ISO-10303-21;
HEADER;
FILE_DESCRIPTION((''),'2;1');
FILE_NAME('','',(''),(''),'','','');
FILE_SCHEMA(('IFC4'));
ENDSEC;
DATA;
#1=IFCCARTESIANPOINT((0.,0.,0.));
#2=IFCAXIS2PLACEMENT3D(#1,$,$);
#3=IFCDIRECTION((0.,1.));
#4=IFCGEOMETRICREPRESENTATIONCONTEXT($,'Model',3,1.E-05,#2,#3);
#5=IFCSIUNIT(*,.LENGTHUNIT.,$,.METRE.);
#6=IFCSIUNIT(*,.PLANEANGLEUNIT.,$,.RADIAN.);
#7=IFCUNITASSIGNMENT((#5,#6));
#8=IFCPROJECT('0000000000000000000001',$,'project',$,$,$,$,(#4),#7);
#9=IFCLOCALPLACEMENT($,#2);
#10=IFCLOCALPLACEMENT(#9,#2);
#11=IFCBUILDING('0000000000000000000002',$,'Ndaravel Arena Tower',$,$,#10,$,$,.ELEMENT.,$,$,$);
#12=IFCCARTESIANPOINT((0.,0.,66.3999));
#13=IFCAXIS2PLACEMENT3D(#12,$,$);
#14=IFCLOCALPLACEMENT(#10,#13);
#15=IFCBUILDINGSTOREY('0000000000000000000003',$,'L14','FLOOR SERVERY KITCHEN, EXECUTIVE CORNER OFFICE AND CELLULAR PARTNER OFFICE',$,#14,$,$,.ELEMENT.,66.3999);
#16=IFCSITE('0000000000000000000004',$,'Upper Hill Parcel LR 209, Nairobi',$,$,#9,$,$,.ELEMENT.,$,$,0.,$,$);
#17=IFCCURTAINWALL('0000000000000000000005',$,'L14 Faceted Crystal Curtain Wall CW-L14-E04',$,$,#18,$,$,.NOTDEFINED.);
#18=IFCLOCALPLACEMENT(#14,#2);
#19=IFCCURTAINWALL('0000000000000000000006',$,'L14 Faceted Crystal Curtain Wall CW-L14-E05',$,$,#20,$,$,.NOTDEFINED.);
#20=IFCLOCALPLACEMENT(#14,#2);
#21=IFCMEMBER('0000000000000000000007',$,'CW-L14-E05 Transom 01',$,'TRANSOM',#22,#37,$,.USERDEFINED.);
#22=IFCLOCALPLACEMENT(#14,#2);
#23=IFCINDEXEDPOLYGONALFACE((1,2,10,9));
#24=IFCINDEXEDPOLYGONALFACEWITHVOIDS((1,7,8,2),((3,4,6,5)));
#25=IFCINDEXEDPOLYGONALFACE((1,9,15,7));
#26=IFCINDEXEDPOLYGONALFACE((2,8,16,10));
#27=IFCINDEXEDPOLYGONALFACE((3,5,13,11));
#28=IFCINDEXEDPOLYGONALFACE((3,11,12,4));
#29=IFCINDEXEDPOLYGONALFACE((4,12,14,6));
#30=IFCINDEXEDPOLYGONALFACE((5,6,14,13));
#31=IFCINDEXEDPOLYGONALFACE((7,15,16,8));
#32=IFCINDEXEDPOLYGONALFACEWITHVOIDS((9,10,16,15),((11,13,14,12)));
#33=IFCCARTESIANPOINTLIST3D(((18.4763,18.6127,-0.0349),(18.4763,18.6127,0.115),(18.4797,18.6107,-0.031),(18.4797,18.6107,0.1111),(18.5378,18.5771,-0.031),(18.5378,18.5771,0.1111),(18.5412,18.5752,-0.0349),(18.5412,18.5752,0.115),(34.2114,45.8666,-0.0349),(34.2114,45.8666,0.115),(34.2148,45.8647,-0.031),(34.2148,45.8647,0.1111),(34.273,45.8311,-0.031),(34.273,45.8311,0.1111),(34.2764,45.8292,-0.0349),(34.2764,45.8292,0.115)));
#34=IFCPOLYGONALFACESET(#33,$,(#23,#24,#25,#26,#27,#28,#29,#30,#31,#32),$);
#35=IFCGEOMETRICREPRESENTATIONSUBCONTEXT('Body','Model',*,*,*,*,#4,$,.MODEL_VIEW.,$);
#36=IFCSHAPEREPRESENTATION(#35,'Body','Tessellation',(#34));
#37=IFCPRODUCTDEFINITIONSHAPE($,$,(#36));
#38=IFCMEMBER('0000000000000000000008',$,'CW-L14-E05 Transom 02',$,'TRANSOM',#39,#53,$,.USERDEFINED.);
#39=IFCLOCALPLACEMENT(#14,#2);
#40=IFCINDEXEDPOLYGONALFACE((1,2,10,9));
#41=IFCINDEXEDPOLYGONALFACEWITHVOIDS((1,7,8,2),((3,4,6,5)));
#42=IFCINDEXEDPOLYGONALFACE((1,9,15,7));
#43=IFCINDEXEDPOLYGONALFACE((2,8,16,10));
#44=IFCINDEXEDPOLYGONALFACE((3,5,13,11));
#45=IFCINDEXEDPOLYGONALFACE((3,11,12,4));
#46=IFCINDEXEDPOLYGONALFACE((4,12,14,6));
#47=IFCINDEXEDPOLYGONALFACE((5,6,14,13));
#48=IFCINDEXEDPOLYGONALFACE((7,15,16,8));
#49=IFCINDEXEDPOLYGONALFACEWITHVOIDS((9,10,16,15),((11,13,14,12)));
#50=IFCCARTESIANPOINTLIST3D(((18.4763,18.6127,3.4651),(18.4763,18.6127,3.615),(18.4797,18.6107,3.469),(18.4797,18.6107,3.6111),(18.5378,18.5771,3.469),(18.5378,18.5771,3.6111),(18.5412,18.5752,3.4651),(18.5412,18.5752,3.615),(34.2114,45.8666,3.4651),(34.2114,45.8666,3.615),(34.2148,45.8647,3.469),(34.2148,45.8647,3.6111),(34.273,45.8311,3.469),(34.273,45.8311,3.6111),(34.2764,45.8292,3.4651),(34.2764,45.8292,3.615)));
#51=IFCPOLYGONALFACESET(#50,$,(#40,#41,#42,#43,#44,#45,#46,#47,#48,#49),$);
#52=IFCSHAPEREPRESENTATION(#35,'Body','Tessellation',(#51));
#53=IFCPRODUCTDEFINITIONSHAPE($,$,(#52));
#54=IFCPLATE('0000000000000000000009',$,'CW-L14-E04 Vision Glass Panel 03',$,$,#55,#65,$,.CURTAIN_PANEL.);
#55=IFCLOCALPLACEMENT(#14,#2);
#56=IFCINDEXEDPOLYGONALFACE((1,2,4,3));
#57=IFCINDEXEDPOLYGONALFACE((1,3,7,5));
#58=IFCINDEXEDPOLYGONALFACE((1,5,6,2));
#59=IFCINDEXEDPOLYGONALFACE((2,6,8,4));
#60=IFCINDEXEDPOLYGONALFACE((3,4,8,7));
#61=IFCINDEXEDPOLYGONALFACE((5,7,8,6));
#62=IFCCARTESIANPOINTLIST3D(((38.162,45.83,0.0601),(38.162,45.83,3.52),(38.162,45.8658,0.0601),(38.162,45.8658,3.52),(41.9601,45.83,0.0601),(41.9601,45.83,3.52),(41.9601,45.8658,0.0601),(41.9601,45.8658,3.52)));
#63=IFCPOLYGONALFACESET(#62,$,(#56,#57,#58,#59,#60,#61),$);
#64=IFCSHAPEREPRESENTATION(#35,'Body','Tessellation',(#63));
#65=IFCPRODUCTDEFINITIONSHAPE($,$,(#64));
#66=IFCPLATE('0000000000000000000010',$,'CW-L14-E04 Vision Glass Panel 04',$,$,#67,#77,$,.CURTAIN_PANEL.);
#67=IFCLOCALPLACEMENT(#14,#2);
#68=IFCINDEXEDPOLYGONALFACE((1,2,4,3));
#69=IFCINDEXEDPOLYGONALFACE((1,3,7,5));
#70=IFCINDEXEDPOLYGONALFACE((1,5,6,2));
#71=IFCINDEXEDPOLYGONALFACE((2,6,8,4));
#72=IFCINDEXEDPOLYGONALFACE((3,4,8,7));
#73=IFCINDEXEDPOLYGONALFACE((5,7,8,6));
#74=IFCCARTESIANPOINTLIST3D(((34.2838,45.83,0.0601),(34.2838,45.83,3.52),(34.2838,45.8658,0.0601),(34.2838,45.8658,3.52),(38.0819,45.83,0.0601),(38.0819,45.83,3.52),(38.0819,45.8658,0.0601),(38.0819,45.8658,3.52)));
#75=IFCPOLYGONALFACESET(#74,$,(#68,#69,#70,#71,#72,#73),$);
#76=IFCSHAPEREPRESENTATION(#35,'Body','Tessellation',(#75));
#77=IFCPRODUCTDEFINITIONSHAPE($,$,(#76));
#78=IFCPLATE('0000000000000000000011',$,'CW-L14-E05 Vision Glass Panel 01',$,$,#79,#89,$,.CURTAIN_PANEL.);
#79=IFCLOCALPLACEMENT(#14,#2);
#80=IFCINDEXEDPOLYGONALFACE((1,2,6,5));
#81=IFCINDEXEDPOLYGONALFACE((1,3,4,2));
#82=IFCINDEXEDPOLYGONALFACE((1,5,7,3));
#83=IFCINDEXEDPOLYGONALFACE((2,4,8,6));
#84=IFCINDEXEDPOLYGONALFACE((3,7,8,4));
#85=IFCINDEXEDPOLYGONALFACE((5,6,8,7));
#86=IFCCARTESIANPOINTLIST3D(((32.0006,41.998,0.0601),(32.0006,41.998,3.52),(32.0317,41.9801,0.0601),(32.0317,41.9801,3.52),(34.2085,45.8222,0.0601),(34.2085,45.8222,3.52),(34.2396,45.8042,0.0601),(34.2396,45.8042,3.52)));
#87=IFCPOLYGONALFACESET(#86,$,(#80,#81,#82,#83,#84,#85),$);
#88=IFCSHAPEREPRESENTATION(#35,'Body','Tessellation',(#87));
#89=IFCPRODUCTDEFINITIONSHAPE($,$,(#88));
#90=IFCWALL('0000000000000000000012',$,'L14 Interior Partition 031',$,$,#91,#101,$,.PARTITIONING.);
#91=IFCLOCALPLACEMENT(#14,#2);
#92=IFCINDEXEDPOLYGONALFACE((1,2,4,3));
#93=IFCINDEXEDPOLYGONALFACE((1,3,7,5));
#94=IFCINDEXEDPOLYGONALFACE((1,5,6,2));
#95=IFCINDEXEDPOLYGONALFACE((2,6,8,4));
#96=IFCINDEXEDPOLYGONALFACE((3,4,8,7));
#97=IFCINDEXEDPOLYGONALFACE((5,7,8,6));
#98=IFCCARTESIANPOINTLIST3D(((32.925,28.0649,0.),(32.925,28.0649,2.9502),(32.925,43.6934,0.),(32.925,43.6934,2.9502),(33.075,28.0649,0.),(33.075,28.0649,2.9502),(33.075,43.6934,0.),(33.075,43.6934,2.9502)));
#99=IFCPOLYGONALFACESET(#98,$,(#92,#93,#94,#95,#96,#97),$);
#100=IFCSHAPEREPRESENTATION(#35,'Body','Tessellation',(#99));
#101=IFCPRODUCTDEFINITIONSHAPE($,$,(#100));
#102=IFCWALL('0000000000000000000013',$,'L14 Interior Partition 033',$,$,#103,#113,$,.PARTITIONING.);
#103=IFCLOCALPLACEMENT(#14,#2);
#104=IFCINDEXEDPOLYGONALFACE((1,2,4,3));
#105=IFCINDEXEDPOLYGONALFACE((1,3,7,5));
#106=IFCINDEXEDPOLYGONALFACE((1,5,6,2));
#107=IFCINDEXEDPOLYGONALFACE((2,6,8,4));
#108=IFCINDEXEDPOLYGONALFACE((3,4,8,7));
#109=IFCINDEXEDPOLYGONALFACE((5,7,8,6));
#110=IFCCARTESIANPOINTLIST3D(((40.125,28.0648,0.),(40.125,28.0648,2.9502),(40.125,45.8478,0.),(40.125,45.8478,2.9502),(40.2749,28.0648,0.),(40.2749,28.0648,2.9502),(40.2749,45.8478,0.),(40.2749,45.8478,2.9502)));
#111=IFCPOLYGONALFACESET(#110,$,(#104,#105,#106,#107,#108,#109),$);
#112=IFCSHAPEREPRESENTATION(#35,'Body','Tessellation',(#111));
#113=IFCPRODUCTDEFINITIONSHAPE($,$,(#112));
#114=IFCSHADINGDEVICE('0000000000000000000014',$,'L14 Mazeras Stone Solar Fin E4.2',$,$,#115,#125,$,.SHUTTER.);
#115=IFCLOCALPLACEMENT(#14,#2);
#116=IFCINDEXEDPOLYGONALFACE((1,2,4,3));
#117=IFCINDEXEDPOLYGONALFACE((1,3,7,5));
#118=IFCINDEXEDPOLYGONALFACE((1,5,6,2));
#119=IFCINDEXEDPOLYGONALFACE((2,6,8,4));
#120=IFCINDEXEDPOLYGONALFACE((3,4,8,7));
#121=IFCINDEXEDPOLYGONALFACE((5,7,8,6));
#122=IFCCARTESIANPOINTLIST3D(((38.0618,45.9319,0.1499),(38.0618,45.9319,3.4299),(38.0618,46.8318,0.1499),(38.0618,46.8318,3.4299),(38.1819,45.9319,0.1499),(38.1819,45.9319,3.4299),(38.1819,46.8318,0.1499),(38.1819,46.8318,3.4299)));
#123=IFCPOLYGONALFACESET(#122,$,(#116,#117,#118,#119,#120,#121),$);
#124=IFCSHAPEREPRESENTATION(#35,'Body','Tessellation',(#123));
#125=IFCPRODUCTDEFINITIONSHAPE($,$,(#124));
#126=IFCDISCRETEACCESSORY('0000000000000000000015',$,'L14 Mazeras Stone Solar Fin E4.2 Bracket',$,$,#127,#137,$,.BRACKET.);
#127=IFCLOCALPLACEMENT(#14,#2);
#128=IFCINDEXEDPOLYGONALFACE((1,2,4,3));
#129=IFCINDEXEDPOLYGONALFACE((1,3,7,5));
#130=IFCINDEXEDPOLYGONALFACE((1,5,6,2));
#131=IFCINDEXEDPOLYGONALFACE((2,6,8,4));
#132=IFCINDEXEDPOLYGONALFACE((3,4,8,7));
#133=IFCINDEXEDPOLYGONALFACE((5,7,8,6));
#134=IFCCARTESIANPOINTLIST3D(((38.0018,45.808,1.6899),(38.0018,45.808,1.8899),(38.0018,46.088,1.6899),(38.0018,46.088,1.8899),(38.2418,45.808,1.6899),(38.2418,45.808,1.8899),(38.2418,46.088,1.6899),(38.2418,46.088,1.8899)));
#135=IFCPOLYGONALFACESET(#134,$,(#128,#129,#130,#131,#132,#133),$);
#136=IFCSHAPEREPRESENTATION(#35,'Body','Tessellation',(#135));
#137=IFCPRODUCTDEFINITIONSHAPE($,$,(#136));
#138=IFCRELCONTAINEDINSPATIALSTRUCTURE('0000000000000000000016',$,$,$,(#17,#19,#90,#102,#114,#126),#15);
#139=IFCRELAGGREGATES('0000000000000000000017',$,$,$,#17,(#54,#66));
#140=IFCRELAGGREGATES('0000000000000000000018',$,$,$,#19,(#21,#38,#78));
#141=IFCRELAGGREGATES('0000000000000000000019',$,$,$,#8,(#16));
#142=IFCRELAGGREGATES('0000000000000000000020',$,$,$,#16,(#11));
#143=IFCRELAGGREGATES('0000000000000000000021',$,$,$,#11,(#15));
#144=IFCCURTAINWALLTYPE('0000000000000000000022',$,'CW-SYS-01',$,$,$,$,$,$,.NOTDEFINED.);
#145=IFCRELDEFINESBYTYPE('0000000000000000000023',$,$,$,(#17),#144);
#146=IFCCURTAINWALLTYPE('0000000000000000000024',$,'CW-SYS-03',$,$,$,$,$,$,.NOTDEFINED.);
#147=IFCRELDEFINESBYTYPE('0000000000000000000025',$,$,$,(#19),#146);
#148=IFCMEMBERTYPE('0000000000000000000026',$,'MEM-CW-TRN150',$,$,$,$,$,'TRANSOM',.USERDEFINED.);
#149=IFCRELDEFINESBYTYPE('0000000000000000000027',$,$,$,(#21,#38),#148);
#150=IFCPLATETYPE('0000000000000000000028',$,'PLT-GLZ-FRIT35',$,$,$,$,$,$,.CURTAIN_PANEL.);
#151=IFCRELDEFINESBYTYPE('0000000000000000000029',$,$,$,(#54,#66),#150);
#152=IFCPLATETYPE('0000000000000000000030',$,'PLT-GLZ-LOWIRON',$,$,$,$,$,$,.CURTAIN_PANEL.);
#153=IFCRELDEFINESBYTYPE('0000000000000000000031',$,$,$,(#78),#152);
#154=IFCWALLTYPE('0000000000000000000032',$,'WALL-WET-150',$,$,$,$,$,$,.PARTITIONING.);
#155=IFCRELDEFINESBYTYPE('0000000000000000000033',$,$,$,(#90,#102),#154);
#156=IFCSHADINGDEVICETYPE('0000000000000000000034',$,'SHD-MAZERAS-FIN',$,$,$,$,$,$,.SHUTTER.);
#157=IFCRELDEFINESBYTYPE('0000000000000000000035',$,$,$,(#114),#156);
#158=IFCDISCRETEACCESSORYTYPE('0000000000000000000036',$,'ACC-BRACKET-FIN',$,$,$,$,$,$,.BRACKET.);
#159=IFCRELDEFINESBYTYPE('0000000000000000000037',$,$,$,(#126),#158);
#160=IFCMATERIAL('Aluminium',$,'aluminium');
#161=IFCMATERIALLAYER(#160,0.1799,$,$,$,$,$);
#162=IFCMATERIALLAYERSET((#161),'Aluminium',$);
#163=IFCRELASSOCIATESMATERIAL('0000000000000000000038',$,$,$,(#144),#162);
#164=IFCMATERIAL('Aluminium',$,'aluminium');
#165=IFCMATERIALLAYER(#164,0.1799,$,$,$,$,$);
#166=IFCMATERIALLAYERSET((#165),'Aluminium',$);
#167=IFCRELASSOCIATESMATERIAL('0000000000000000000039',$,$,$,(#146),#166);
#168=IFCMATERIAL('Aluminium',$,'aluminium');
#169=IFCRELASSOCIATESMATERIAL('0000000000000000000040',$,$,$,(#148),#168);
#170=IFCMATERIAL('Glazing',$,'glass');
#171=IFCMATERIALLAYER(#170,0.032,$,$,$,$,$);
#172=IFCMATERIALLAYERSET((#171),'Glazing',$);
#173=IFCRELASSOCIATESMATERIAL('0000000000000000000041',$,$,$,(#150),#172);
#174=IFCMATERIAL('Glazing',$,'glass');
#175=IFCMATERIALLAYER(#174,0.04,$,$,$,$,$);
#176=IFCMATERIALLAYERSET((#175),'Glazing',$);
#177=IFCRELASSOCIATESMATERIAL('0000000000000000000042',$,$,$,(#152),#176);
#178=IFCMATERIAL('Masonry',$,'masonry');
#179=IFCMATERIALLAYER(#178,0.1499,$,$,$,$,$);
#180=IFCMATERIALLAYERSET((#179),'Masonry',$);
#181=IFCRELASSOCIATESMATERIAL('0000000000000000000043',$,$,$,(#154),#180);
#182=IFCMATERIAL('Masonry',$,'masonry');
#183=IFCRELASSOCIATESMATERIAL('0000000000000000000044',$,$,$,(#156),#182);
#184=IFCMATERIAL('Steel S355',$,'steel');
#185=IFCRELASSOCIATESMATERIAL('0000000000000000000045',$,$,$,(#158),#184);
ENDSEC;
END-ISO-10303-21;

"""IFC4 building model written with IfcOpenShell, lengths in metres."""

from ifc_helpers import new_model, si_unit, direction, frame, frame_2d, origin, origin_2d, place, context, subcontext, project, spatial, rectangle, hollow_rectangle, extrude, material, layer, layer_set, material_profile, profile_set, type_object, element, aggregate, save


model = new_model("IFC4")

# Units and contexts
model_context = context("Model", 3, precision=1e-05, world=origin(), true_north=direction((0.0, 1.0)))
body_context = subcontext(model_context, "Body", "Model", "MODEL_VIEW")
ifc_project = project(units=[si_unit("LENGTHUNIT", "METRE"), si_unit("PLANEANGLEUNIT", "RADIAN")], contexts=[model_context])

# Site, building, storey
site_placement = place(None, origin())
site = spatial("IfcSite", under=ifc_project, at=site_placement, Name="Upper Hill Parcel LR 209, Nairobi", CompositionType="ELEMENT", RefElevation=0.0)
building_placement = place(site_placement, origin())
building = spatial("IfcBuilding", under=site, at=building_placement, Name="Ndaravel Arena Tower", CompositionType="ELEMENT")
storey_placement = place(building_placement, frame((0.0, 0.0, 66.3999)))
storey = spatial("IfcBuildingStorey", under=building, at=storey_placement, Name="L14", Description="FLOOR SERVERY KITCHEN, EXECUTIVE CORNER OFFICE AND CELLULAR PARTNER OFFICE", CompositionType="ELEMENT", Elevation=66.3999)

# Curtain wall
ifc_material_1 = material(Name="Aluminium", Category="aluminium")
ifc_layer_1 = layer(ifc_material_1, 0.1799)
ifc_layer_set_1 = layer_set([ifc_layer_1], Name="Aluminium")
curtain_wall_type_1 = type_object("IfcCurtainWallType", Name="CW-SYS-01", PredefinedType="NOTDEFINED", material=ifc_layer_set_1)
curtain_wall_1_placement = place(storey_placement, origin())
curtain_wall_1 = element("IfcCurtainWall", 1, at=curtain_wall_1_placement, inside=storey, type_object=curtain_wall_type_1, Name="L14 Faceted Crystal Curtain Wall CW-L14-E04", PredefinedType="NOTDEFINED")

# Curtain wall, members
ifc_material_2 = material(Name="Aluminium", Category="aluminium")
ifc_layer_2 = layer(ifc_material_2, 0.1799)
ifc_layer_set_2 = layer_set([ifc_layer_2], Name="Aluminium")
curtain_wall_type_2 = type_object("IfcCurtainWallType", Name="CW-SYS-03", PredefinedType="NOTDEFINED", material=ifc_layer_set_2)
curtain_wall_2_placement = place(storey_placement, origin())
curtain_wall_2 = element("IfcCurtainWall", 2, at=curtain_wall_2_placement, inside=storey, type_object=curtain_wall_type_2, Name="L14 Faceted Crystal Curtain Wall CW-L14-E05", PredefinedType="NOTDEFINED")
ifc_material_3 = material(Name="Aluminium", Category="aluminium")
ifc_material_profile_1 = material_profile(ifc_material_3, hollow_rectangle(XDim=0.075, YDim=0.1499, WallThickness=0.0039, at=origin_2d()), Name="CW TRANSOM 75x150x4")
ifc_profile_set_1 = profile_set([ifc_material_profile_1], Name="Aluminium")
member_type_1 = type_object("IfcMemberType", Name="MEM-CW-TRN150", ElementType="TRANSOM", PredefinedType="USERDEFINED", material=ifc_profile_set_1)
member_1_placement = place(storey_placement, frame((34.2439, 45.8479, 0.04), z_axis=(-0.500001, -0.866025, 0.0), x_axis=(0.866025, -0.500001, 0.0)))
member_1 = element("IfcMember", 3, at=member_1_placement, type_object=member_type_1, Name="CW-L14-E05 Transom 01", ObjectType="TRANSOM", PredefinedType="USERDEFINED", context=body_context, shape_type="SweptSolid", body=[
    extrude(hollow_rectangle(XDim=0.075, YDim=0.1499, WallThickness=0.0039, at=origin_2d()), origin(), (0.0, 0.0, 1.0), 31.4702),
])
member_2_placement = place(storey_placement, frame((34.2439, 45.8479, 3.54), z_axis=(-0.500001, -0.866025, 0.0), x_axis=(0.866025, -0.500001, 0.0)))
member_2 = element("IfcMember", 4, at=member_2_placement, type_object=member_type_1, Name="CW-L14-E05 Transom 02", ObjectType="TRANSOM", PredefinedType="USERDEFINED", context=body_context, shape_type="SweptSolid", body=[
    extrude(hollow_rectangle(XDim=0.075, YDim=0.1499, WallThickness=0.0039, at=origin_2d()), origin(), (0.0, 0.0, 1.0), 31.4702),
])

# Plates
ifc_material_4 = material(Name="Glazing", Category="glass")
ifc_layer_3 = layer(ifc_material_4, 0.032)
ifc_layer_set_3 = layer_set([ifc_layer_3], Name="Glazing")
plate_type_1 = type_object("IfcPlateType", Name="PLT-GLZ-FRIT35", PredefinedType="CURTAIN_PANEL", material=ifc_layer_set_3)
plate_1_placement = place(storey_placement, frame((40.061, 45.8479, 0.0601), z_axis=(0.0, 0.0, 1.0), x_axis=(-1.0, 0.0, 0.0)))
plate_1 = element("IfcPlate", 5, at=plate_1_placement, type_object=plate_type_1, Name="CW-L14-E04 Vision Glass Panel 03", PredefinedType="CURTAIN_PANEL", context=body_context, shape_type="SweptSolid", body=[
    extrude(rectangle(XDim=3.7981, YDim=0.0359, at=origin_2d()), origin(), (0.0, 0.0, 1.0), 3.46),
])
plate_2_placement = place(storey_placement, frame((36.1829, 45.8479, 0.0601), z_axis=(0.0, 0.0, 1.0), x_axis=(-1.0, 0.0, 0.0)))
plate_2 = element("IfcPlate", 6, at=plate_2_placement, type_object=plate_type_1, Name="CW-L14-E04 Vision Glass Panel 04", PredefinedType="CURTAIN_PANEL", context=body_context, shape_type="SweptSolid", body=[
    extrude(rectangle(XDim=3.7981, YDim=0.0359, at=origin_2d()), origin(), (0.0, 0.0, 1.0), 3.46),
])
aggregate(curtain_wall_1, [plate_1, plate_2])
ifc_material_5 = material(Name="Glazing", Category="glass")
ifc_layer_4 = layer(ifc_material_5, 0.04)
ifc_layer_set_4 = layer_set([ifc_layer_4], Name="Glazing")
plate_type_2 = type_object("IfcPlateType", Name="PLT-GLZ-LOWIRON", PredefinedType="CURTAIN_PANEL", material=ifc_layer_set_4)
plate_3_placement = place(storey_placement, frame((33.1201, 43.9011, 0.0601), z_axis=(0.0, 0.0, 1.0), x_axis=(-0.5, -0.866025, 0.0)))
plate_3 = element("IfcPlate", 7, at=plate_3_placement, type_object=plate_type_2, Name="CW-L14-E05 Vision Glass Panel 01", PredefinedType="CURTAIN_PANEL", context=body_context, shape_type="SweptSolid", body=[
    extrude(rectangle(XDim=4.4158, YDim=0.0359, at=origin_2d()), origin(), (0.0, 0.0, 1.0), 3.46),
])
aggregate(curtain_wall_2, [member_1, member_2, plate_3])

# Walls
ifc_material_6 = material(Name="Masonry", Category="masonry")
ifc_layer_5 = layer(ifc_material_6, 0.1499)
ifc_layer_set_5 = layer_set([ifc_layer_5], Name="Masonry")
wall_type = type_object("IfcWallType", Name="WALL-WET-150", PredefinedType="PARTITIONING", material=ifc_layer_set_5)
wall_1_placement = place(storey_placement, frame((33.0, 43.6934, 0.0), z_axis=(0.0, 0.0, 1.0), x_axis=(0.0, -1.0, 0.0)))
element("IfcWall", 8, at=wall_1_placement, inside=storey, type_object=wall_type, Name="L14 Interior Partition 031", PredefinedType="PARTITIONING", context=body_context, shape_type="SweptSolid", body=[
    extrude(rectangle(XDim=15.6284, YDim=0.1499, at=frame_2d((7.8142, 0.0))), origin(), (0.0, 0.0, 1.0), 2.9502),
])
wall_2_placement = place(storey_placement, frame((40.2, 45.8479, 0.0), z_axis=(0.0, 0.0, 1.0), x_axis=(0.0, -1.0, 0.0)))
element("IfcWall", 9, at=wall_2_placement, inside=storey, type_object=wall_type, Name="L14 Interior Partition 033", PredefinedType="PARTITIONING", context=body_context, shape_type="SweptSolid", body=[
    extrude(rectangle(XDim=17.783, YDim=0.1499, at=frame_2d((8.8916, 0.0))), origin(), (0.0, 0.0, 1.0), 2.9502),
])

# Shading device
ifc_material_7 = material(Name="Masonry", Category="masonry")
shading_device_type = type_object("IfcShadingDeviceType", Name="SHD-MAZERAS-FIN", PredefinedType="SHUTTER", material=ifc_material_7)
shading_device_placement = place(storey_placement, frame((38.1218, 46.3818, 0.1499), z_axis=(0.0, 0.0, 1.0), x_axis=(0.0, 1.0, 0.0)))
element("IfcShadingDevice", 10, at=shading_device_placement, inside=storey, type_object=shading_device_type, Name="L14 Mazeras Stone Solar Fin E4.2", PredefinedType="SHUTTER", context=body_context, shape_type="SweptSolid", body=[
    extrude(rectangle(XDim=0.8999, YDim=0.1201, at=origin_2d()), origin(), (0.0, 0.0, 1.0), 3.28),
])

# Discrete accessory
ifc_material_8 = material(Name="Steel S355", Category="steel")
discrete_accessory_type = type_object("IfcDiscreteAccessoryType", Name="ACC-BRACKET-FIN", PredefinedType="BRACKET", material=ifc_material_8)
discrete_accessory_placement = place(storey_placement, frame((38.1218, 45.948, 1.6899), z_axis=(0.0, 0.0, 1.0), x_axis=(0.0, 1.0, 0.0)))
element("IfcDiscreteAccessory", 11, at=discrete_accessory_placement, inside=storey, type_object=discrete_accessory_type, Name="L14 Mazeras Stone Solar Fin E4.2 Bracket", PredefinedType="BRACKET", context=body_context, shape_type="SweptSolid", body=[
    extrude(rectangle(XDim=0.28, YDim=0.24, at=origin_2d()), origin(), (0.0, 0.0, 1.0), 0.2),
])

save(model, "model.ifc")
